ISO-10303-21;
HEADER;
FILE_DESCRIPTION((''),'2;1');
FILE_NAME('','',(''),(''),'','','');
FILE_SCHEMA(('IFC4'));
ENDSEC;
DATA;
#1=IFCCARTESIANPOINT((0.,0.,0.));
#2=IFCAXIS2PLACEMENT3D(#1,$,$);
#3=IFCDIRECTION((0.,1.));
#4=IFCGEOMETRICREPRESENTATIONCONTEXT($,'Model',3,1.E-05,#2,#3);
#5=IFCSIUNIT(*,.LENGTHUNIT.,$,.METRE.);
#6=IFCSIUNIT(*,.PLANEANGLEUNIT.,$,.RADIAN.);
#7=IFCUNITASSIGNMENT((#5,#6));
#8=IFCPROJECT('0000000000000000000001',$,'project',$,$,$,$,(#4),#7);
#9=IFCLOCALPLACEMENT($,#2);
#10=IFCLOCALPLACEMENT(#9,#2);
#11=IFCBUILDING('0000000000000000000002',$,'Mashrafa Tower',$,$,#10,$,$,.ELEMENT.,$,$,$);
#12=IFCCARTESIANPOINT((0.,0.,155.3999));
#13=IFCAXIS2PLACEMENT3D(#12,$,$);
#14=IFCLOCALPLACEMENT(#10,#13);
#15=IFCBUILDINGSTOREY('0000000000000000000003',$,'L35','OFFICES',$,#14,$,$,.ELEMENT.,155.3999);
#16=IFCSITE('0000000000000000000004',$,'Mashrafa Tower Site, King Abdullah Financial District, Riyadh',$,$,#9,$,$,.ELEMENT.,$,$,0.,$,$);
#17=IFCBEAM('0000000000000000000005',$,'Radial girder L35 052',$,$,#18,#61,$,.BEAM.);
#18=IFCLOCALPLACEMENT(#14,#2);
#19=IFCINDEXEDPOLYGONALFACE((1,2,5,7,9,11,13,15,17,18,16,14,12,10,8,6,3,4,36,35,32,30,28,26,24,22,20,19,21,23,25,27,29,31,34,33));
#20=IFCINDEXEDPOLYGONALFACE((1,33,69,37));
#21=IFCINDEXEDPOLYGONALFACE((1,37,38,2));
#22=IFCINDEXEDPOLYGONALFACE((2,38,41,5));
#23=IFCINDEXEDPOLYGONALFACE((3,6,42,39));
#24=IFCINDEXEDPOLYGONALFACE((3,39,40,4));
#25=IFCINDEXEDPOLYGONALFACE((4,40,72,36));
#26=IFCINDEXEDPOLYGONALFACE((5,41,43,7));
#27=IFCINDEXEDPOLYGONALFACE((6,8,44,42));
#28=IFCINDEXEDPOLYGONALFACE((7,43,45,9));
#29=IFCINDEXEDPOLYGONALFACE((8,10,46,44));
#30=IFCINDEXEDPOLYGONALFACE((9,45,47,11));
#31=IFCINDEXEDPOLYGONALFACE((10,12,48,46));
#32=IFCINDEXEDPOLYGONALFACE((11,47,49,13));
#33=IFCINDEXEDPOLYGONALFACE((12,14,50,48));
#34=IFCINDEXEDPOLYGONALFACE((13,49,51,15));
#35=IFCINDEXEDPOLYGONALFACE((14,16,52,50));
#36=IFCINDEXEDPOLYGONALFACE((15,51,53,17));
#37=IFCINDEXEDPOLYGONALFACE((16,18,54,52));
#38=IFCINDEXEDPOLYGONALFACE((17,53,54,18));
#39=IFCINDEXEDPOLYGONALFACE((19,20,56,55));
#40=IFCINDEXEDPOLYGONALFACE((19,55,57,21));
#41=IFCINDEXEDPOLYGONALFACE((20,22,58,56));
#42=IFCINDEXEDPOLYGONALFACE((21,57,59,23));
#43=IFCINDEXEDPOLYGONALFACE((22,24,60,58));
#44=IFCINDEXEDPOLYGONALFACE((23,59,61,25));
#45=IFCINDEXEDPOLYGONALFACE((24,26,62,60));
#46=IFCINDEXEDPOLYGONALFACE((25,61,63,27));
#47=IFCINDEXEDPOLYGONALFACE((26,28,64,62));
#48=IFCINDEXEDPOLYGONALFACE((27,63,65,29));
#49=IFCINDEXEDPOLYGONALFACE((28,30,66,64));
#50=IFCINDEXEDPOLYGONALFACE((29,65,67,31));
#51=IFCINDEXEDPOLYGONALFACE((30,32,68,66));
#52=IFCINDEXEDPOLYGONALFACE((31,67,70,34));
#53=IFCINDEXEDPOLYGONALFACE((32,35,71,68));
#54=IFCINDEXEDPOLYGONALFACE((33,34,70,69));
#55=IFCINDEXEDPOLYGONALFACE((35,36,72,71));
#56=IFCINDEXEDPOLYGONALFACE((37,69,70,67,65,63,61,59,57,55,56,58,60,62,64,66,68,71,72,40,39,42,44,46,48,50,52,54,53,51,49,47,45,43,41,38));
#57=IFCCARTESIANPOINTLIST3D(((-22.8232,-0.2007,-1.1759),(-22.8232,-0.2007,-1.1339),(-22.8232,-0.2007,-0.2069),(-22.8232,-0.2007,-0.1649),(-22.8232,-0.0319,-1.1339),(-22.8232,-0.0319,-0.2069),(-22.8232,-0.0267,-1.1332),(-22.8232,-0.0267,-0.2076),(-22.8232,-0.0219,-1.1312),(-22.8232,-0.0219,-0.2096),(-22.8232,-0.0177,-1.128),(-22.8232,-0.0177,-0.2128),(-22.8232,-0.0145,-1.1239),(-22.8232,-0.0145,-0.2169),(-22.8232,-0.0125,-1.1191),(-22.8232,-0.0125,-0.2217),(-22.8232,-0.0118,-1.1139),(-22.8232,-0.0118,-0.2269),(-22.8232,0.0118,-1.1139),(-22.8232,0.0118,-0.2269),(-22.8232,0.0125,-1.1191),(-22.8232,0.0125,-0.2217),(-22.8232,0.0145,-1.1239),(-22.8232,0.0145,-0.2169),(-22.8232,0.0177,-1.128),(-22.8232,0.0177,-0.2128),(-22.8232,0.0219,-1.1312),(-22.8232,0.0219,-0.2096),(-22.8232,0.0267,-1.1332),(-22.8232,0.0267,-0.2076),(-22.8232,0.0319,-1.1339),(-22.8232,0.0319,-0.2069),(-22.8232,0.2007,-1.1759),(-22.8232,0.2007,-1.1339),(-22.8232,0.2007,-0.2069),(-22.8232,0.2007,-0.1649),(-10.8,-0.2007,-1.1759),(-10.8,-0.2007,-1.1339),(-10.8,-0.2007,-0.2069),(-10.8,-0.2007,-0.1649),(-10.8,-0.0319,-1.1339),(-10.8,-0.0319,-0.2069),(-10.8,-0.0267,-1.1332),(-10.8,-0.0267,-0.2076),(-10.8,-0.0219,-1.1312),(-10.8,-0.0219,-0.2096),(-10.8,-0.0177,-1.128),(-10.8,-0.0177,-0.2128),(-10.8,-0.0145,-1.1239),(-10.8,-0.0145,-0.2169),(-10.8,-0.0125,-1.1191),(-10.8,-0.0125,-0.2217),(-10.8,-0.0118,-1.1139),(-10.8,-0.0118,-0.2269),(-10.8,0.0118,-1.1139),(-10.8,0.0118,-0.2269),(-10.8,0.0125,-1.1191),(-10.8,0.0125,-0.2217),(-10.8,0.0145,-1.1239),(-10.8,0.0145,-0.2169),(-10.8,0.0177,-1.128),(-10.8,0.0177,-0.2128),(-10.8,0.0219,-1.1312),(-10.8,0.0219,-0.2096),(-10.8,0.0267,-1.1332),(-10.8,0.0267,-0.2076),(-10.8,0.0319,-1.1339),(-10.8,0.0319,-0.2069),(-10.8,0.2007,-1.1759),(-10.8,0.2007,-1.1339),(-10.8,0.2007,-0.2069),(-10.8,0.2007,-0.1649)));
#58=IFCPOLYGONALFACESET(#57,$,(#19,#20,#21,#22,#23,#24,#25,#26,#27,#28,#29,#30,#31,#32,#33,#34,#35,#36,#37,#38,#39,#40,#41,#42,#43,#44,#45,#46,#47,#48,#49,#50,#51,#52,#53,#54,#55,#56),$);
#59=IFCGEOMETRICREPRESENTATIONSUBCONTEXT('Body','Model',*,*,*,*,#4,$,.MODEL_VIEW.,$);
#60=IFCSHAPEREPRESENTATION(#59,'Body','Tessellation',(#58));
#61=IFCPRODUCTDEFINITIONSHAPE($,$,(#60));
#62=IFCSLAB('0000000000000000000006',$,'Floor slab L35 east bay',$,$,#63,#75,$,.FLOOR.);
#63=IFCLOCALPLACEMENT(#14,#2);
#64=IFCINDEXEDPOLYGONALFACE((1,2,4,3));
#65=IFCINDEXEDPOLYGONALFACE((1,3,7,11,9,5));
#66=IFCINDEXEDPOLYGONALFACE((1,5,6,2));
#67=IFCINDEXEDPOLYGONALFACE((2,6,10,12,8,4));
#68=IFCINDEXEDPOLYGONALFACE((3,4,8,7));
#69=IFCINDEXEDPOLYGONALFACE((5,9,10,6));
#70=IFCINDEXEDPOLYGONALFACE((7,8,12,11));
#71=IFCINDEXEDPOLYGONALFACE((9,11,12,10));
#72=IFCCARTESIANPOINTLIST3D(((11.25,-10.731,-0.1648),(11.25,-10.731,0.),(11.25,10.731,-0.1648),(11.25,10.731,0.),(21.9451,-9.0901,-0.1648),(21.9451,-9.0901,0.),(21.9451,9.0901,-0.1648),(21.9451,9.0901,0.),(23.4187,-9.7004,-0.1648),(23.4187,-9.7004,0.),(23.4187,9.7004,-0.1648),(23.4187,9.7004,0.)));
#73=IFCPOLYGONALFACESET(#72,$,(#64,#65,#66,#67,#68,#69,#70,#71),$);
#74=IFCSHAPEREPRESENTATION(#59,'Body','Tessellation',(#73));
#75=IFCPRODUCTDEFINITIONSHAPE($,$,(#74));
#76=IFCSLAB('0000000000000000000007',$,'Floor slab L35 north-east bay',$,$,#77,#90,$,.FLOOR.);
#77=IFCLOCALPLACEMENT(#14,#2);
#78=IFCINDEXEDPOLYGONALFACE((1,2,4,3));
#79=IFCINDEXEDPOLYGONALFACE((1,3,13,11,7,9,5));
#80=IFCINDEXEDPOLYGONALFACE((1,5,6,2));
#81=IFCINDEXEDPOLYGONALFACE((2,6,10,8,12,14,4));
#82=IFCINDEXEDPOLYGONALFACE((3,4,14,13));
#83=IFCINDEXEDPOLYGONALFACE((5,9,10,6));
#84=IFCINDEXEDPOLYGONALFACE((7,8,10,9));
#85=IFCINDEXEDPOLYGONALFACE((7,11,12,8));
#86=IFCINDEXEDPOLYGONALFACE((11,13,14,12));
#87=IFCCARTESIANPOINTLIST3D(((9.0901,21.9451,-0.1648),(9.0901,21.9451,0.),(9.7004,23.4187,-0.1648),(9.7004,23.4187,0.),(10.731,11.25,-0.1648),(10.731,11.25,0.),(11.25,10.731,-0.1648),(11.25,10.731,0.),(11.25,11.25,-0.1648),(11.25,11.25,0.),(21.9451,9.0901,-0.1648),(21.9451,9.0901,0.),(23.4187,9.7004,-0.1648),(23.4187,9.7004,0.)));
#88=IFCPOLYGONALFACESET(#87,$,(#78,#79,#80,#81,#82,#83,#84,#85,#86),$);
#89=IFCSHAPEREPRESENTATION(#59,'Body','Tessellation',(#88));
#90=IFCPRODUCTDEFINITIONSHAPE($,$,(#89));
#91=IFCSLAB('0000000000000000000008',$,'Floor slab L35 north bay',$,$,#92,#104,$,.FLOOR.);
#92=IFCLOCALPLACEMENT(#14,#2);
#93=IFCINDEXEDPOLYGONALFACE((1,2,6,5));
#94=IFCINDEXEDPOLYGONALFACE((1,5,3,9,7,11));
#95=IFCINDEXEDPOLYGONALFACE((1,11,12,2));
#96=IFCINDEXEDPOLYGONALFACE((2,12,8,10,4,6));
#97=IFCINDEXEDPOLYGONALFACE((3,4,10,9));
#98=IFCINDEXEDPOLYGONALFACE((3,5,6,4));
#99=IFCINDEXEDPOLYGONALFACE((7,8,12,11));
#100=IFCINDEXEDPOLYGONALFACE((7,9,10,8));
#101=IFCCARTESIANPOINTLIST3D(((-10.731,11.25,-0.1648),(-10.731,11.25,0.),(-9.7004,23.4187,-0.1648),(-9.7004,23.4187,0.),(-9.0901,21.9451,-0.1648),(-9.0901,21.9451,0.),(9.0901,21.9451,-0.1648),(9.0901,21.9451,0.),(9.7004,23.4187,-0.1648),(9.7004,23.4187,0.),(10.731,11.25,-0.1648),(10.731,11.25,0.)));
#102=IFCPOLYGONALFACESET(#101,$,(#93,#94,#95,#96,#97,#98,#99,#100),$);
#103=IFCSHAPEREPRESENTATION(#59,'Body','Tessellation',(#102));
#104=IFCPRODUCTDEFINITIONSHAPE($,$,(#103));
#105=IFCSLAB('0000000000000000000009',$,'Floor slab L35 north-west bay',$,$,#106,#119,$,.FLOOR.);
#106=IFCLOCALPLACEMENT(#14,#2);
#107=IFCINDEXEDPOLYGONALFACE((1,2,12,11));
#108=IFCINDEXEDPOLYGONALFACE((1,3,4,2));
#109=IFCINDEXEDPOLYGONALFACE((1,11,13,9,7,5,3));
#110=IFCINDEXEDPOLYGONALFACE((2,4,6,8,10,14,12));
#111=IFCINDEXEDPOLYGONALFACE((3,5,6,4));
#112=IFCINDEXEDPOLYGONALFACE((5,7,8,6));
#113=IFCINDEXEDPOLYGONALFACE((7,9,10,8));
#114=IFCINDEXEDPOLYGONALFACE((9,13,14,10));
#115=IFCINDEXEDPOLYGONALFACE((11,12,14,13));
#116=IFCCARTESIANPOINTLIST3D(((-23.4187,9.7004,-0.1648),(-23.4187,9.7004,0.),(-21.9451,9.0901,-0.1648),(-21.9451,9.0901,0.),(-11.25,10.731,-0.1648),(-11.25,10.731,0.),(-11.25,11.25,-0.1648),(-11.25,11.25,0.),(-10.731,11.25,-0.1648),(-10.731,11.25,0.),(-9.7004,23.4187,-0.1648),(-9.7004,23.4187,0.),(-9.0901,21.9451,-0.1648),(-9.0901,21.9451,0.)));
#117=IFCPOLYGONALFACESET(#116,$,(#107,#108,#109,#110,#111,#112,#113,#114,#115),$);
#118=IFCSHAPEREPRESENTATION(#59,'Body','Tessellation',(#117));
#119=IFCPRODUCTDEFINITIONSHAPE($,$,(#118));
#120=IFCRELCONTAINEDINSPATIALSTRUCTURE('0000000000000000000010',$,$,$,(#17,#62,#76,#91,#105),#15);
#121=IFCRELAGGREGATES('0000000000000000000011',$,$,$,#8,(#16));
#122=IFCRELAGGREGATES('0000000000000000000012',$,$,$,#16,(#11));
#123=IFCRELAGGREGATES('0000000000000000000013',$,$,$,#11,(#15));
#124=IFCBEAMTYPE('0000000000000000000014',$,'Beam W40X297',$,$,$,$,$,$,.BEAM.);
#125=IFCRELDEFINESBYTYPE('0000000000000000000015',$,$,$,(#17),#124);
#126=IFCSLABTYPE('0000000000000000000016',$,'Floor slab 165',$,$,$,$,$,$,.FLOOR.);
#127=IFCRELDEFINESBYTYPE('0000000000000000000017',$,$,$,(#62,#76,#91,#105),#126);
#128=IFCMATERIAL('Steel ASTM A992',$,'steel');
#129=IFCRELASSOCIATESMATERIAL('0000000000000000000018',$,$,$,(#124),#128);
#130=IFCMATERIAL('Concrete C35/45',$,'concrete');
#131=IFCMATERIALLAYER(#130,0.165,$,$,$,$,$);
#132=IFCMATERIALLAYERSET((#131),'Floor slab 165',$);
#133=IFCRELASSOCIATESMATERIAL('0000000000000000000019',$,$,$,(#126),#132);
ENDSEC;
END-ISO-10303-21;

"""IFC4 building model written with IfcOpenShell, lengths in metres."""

from ifc_helpers import new_model, si_unit, direction, frame, origin, origin_2d, place, context, subcontext, project, spatial, polyline, i_section, outline, extrude, material, layer, layer_set, material_profile, profile_set, type_object, element, save


model = new_model("IFC4")

# Units and contexts
model_context = context("Model", 3, precision=1e-05, world=origin(), true_north=direction((0.0, 1.0)))
body_context = subcontext(model_context, "Body", "Model", "MODEL_VIEW")
ifc_project = project(units=[si_unit("LENGTHUNIT", "METRE"), si_unit("PLANEANGLEUNIT", "RADIAN")], contexts=[model_context])

# Site, building, storey
site_placement = place(None, origin())
site = spatial("IfcSite", under=ifc_project, at=site_placement, Name="Mashrafa Tower Site, King Abdullah Financial District, Riyadh", CompositionType="ELEMENT", RefElevation=0.0)
building_placement = place(site_placement, origin())
building = spatial("IfcBuilding", under=site, at=building_placement, Name="Mashrafa Tower", CompositionType="ELEMENT")
storey_placement = place(building_placement, frame((0.0, 0.0, 155.3999)))
storey = spatial("IfcBuildingStorey", under=building, at=storey_placement, Name="L35", Description="OFFICES", CompositionType="ELEMENT", Elevation=155.3999)

# Beam
ifc_material_1 = material(Name="Steel ASTM A992", Category="steel")
ifc_material_profile = material_profile(ifc_material_1, i_section(OverallWidth=0.4014, OverallDepth=1.011, WebThickness=0.0237, FlangeThickness=0.042, FilletRadius=0.02, at=origin_2d()), Name="W40X297")
ifc_profile_set = profile_set([ifc_material_profile], Name="Steel ASTM A992")
beam_type = type_object("IfcBeamType", Name="Beam W40X297", PredefinedType="BEAM", material=ifc_profile_set)
beam_placement = place(storey_placement, frame((-10.8, 0.0, -0.6704), z_axis=(-1.0, 0.0, 0.0), x_axis=(0.0, -1.0, 0.0)))
element("IfcBeam", 1, at=beam_placement, inside=storey, type_object=beam_type, Name="Radial girder L35 052", PredefinedType="BEAM", context=body_context, shape_type="SweptSolid", body=[
    extrude(i_section(OverallWidth=0.4014, OverallDepth=1.011, WebThickness=0.0237, FlangeThickness=0.042, FilletRadius=0.02, at=origin_2d()), origin(), (0.0, 0.0, 1.0), 12.0232),
])

# Slabs
ifc_material_2 = material(Name="Concrete C35/45", Category="concrete")
ifc_layer_1 = layer(ifc_material_2, 0.165)
ifc_layer_set_1 = layer_set([ifc_layer_1], Name="Floor slab 165")
slab_type = type_object("IfcSlabType", Name="Floor slab 165", PredefinedType="FLOOR", material=ifc_layer_set_1)
slab_1_placement = place(storey_placement, frame((0.0, 0.0, -0.1648)))
element("IfcSlab", 2, at=slab_1_placement, inside=storey, type_object=slab_type, Name="Floor slab L35 east bay", PredefinedType="FLOOR", context=body_context, shape_type="SweptSolid", body=[
    extrude(outline(polyline([(23.4187, 9.7004), (23.4187, -9.7004), (23.4187, -9.7004), (21.9451, -9.0901), (11.25, -10.731), (11.25, 10.731), (21.9451, 9.0901), (23.4187, 9.7004), (23.4187, 9.7004)])), origin(), (0.0, 0.0, 1.0), 0.1648),
])
slab_2_placement = place(storey_placement, frame((0.0, 0.0, -0.1648)))
element("IfcSlab", 3, at=slab_2_placement, inside=storey, type_object=slab_type, Name="Floor slab L35 north-east bay", PredefinedType="FLOOR", context=body_context, shape_type="SweptSolid", body=[
    extrude(outline(polyline([(23.4187, 9.7004), (21.9451, 9.0901), (11.25, 10.731), (11.25, 11.25), (10.731, 11.25), (9.0901, 21.9451), (9.7004, 23.4187), (23.4187, 9.7004)])), origin(), (0.0, 0.0, 1.0), 0.1648),
])
slab_3_placement = place(storey_placement, frame((0.0, 0.0, -0.1648)))
element("IfcSlab", 4, at=slab_3_placement, inside=storey, type_object=slab_type, Name="Floor slab L35 north bay", PredefinedType="FLOOR", context=body_context, shape_type="SweptSolid", body=[
    extrude(outline(polyline([(-9.7004, 23.4187), (9.7004, 23.4187), (9.7004, 23.4187), (9.0901, 21.9451), (10.731, 11.25), (-10.731, 11.25), (-9.0901, 21.9451), (-9.7004, 23.4187), (-9.7004, 23.4187)])), origin(), (0.0, 0.0, 1.0), 0.1648),
])
slab_4_placement = place(storey_placement, frame((0.0, 0.0, -0.1648)))
element("IfcSlab", 5, at=slab_4_placement, inside=storey, type_object=slab_type, Name="Floor slab L35 north-west bay", PredefinedType="FLOOR", context=body_context, shape_type="SweptSolid", body=[
    extrude(outline(polyline([(-9.7004, 23.4187), (-9.0901, 21.9451), (-10.731, 11.25), (-11.25, 11.25), (-11.25, 10.731), (-21.9451, 9.0901), (-23.4187, 9.7004), (-9.7004, 23.4187)])), origin(), (0.0, 0.0, 1.0), 0.1648),
])

save(model, "model.ifc")
